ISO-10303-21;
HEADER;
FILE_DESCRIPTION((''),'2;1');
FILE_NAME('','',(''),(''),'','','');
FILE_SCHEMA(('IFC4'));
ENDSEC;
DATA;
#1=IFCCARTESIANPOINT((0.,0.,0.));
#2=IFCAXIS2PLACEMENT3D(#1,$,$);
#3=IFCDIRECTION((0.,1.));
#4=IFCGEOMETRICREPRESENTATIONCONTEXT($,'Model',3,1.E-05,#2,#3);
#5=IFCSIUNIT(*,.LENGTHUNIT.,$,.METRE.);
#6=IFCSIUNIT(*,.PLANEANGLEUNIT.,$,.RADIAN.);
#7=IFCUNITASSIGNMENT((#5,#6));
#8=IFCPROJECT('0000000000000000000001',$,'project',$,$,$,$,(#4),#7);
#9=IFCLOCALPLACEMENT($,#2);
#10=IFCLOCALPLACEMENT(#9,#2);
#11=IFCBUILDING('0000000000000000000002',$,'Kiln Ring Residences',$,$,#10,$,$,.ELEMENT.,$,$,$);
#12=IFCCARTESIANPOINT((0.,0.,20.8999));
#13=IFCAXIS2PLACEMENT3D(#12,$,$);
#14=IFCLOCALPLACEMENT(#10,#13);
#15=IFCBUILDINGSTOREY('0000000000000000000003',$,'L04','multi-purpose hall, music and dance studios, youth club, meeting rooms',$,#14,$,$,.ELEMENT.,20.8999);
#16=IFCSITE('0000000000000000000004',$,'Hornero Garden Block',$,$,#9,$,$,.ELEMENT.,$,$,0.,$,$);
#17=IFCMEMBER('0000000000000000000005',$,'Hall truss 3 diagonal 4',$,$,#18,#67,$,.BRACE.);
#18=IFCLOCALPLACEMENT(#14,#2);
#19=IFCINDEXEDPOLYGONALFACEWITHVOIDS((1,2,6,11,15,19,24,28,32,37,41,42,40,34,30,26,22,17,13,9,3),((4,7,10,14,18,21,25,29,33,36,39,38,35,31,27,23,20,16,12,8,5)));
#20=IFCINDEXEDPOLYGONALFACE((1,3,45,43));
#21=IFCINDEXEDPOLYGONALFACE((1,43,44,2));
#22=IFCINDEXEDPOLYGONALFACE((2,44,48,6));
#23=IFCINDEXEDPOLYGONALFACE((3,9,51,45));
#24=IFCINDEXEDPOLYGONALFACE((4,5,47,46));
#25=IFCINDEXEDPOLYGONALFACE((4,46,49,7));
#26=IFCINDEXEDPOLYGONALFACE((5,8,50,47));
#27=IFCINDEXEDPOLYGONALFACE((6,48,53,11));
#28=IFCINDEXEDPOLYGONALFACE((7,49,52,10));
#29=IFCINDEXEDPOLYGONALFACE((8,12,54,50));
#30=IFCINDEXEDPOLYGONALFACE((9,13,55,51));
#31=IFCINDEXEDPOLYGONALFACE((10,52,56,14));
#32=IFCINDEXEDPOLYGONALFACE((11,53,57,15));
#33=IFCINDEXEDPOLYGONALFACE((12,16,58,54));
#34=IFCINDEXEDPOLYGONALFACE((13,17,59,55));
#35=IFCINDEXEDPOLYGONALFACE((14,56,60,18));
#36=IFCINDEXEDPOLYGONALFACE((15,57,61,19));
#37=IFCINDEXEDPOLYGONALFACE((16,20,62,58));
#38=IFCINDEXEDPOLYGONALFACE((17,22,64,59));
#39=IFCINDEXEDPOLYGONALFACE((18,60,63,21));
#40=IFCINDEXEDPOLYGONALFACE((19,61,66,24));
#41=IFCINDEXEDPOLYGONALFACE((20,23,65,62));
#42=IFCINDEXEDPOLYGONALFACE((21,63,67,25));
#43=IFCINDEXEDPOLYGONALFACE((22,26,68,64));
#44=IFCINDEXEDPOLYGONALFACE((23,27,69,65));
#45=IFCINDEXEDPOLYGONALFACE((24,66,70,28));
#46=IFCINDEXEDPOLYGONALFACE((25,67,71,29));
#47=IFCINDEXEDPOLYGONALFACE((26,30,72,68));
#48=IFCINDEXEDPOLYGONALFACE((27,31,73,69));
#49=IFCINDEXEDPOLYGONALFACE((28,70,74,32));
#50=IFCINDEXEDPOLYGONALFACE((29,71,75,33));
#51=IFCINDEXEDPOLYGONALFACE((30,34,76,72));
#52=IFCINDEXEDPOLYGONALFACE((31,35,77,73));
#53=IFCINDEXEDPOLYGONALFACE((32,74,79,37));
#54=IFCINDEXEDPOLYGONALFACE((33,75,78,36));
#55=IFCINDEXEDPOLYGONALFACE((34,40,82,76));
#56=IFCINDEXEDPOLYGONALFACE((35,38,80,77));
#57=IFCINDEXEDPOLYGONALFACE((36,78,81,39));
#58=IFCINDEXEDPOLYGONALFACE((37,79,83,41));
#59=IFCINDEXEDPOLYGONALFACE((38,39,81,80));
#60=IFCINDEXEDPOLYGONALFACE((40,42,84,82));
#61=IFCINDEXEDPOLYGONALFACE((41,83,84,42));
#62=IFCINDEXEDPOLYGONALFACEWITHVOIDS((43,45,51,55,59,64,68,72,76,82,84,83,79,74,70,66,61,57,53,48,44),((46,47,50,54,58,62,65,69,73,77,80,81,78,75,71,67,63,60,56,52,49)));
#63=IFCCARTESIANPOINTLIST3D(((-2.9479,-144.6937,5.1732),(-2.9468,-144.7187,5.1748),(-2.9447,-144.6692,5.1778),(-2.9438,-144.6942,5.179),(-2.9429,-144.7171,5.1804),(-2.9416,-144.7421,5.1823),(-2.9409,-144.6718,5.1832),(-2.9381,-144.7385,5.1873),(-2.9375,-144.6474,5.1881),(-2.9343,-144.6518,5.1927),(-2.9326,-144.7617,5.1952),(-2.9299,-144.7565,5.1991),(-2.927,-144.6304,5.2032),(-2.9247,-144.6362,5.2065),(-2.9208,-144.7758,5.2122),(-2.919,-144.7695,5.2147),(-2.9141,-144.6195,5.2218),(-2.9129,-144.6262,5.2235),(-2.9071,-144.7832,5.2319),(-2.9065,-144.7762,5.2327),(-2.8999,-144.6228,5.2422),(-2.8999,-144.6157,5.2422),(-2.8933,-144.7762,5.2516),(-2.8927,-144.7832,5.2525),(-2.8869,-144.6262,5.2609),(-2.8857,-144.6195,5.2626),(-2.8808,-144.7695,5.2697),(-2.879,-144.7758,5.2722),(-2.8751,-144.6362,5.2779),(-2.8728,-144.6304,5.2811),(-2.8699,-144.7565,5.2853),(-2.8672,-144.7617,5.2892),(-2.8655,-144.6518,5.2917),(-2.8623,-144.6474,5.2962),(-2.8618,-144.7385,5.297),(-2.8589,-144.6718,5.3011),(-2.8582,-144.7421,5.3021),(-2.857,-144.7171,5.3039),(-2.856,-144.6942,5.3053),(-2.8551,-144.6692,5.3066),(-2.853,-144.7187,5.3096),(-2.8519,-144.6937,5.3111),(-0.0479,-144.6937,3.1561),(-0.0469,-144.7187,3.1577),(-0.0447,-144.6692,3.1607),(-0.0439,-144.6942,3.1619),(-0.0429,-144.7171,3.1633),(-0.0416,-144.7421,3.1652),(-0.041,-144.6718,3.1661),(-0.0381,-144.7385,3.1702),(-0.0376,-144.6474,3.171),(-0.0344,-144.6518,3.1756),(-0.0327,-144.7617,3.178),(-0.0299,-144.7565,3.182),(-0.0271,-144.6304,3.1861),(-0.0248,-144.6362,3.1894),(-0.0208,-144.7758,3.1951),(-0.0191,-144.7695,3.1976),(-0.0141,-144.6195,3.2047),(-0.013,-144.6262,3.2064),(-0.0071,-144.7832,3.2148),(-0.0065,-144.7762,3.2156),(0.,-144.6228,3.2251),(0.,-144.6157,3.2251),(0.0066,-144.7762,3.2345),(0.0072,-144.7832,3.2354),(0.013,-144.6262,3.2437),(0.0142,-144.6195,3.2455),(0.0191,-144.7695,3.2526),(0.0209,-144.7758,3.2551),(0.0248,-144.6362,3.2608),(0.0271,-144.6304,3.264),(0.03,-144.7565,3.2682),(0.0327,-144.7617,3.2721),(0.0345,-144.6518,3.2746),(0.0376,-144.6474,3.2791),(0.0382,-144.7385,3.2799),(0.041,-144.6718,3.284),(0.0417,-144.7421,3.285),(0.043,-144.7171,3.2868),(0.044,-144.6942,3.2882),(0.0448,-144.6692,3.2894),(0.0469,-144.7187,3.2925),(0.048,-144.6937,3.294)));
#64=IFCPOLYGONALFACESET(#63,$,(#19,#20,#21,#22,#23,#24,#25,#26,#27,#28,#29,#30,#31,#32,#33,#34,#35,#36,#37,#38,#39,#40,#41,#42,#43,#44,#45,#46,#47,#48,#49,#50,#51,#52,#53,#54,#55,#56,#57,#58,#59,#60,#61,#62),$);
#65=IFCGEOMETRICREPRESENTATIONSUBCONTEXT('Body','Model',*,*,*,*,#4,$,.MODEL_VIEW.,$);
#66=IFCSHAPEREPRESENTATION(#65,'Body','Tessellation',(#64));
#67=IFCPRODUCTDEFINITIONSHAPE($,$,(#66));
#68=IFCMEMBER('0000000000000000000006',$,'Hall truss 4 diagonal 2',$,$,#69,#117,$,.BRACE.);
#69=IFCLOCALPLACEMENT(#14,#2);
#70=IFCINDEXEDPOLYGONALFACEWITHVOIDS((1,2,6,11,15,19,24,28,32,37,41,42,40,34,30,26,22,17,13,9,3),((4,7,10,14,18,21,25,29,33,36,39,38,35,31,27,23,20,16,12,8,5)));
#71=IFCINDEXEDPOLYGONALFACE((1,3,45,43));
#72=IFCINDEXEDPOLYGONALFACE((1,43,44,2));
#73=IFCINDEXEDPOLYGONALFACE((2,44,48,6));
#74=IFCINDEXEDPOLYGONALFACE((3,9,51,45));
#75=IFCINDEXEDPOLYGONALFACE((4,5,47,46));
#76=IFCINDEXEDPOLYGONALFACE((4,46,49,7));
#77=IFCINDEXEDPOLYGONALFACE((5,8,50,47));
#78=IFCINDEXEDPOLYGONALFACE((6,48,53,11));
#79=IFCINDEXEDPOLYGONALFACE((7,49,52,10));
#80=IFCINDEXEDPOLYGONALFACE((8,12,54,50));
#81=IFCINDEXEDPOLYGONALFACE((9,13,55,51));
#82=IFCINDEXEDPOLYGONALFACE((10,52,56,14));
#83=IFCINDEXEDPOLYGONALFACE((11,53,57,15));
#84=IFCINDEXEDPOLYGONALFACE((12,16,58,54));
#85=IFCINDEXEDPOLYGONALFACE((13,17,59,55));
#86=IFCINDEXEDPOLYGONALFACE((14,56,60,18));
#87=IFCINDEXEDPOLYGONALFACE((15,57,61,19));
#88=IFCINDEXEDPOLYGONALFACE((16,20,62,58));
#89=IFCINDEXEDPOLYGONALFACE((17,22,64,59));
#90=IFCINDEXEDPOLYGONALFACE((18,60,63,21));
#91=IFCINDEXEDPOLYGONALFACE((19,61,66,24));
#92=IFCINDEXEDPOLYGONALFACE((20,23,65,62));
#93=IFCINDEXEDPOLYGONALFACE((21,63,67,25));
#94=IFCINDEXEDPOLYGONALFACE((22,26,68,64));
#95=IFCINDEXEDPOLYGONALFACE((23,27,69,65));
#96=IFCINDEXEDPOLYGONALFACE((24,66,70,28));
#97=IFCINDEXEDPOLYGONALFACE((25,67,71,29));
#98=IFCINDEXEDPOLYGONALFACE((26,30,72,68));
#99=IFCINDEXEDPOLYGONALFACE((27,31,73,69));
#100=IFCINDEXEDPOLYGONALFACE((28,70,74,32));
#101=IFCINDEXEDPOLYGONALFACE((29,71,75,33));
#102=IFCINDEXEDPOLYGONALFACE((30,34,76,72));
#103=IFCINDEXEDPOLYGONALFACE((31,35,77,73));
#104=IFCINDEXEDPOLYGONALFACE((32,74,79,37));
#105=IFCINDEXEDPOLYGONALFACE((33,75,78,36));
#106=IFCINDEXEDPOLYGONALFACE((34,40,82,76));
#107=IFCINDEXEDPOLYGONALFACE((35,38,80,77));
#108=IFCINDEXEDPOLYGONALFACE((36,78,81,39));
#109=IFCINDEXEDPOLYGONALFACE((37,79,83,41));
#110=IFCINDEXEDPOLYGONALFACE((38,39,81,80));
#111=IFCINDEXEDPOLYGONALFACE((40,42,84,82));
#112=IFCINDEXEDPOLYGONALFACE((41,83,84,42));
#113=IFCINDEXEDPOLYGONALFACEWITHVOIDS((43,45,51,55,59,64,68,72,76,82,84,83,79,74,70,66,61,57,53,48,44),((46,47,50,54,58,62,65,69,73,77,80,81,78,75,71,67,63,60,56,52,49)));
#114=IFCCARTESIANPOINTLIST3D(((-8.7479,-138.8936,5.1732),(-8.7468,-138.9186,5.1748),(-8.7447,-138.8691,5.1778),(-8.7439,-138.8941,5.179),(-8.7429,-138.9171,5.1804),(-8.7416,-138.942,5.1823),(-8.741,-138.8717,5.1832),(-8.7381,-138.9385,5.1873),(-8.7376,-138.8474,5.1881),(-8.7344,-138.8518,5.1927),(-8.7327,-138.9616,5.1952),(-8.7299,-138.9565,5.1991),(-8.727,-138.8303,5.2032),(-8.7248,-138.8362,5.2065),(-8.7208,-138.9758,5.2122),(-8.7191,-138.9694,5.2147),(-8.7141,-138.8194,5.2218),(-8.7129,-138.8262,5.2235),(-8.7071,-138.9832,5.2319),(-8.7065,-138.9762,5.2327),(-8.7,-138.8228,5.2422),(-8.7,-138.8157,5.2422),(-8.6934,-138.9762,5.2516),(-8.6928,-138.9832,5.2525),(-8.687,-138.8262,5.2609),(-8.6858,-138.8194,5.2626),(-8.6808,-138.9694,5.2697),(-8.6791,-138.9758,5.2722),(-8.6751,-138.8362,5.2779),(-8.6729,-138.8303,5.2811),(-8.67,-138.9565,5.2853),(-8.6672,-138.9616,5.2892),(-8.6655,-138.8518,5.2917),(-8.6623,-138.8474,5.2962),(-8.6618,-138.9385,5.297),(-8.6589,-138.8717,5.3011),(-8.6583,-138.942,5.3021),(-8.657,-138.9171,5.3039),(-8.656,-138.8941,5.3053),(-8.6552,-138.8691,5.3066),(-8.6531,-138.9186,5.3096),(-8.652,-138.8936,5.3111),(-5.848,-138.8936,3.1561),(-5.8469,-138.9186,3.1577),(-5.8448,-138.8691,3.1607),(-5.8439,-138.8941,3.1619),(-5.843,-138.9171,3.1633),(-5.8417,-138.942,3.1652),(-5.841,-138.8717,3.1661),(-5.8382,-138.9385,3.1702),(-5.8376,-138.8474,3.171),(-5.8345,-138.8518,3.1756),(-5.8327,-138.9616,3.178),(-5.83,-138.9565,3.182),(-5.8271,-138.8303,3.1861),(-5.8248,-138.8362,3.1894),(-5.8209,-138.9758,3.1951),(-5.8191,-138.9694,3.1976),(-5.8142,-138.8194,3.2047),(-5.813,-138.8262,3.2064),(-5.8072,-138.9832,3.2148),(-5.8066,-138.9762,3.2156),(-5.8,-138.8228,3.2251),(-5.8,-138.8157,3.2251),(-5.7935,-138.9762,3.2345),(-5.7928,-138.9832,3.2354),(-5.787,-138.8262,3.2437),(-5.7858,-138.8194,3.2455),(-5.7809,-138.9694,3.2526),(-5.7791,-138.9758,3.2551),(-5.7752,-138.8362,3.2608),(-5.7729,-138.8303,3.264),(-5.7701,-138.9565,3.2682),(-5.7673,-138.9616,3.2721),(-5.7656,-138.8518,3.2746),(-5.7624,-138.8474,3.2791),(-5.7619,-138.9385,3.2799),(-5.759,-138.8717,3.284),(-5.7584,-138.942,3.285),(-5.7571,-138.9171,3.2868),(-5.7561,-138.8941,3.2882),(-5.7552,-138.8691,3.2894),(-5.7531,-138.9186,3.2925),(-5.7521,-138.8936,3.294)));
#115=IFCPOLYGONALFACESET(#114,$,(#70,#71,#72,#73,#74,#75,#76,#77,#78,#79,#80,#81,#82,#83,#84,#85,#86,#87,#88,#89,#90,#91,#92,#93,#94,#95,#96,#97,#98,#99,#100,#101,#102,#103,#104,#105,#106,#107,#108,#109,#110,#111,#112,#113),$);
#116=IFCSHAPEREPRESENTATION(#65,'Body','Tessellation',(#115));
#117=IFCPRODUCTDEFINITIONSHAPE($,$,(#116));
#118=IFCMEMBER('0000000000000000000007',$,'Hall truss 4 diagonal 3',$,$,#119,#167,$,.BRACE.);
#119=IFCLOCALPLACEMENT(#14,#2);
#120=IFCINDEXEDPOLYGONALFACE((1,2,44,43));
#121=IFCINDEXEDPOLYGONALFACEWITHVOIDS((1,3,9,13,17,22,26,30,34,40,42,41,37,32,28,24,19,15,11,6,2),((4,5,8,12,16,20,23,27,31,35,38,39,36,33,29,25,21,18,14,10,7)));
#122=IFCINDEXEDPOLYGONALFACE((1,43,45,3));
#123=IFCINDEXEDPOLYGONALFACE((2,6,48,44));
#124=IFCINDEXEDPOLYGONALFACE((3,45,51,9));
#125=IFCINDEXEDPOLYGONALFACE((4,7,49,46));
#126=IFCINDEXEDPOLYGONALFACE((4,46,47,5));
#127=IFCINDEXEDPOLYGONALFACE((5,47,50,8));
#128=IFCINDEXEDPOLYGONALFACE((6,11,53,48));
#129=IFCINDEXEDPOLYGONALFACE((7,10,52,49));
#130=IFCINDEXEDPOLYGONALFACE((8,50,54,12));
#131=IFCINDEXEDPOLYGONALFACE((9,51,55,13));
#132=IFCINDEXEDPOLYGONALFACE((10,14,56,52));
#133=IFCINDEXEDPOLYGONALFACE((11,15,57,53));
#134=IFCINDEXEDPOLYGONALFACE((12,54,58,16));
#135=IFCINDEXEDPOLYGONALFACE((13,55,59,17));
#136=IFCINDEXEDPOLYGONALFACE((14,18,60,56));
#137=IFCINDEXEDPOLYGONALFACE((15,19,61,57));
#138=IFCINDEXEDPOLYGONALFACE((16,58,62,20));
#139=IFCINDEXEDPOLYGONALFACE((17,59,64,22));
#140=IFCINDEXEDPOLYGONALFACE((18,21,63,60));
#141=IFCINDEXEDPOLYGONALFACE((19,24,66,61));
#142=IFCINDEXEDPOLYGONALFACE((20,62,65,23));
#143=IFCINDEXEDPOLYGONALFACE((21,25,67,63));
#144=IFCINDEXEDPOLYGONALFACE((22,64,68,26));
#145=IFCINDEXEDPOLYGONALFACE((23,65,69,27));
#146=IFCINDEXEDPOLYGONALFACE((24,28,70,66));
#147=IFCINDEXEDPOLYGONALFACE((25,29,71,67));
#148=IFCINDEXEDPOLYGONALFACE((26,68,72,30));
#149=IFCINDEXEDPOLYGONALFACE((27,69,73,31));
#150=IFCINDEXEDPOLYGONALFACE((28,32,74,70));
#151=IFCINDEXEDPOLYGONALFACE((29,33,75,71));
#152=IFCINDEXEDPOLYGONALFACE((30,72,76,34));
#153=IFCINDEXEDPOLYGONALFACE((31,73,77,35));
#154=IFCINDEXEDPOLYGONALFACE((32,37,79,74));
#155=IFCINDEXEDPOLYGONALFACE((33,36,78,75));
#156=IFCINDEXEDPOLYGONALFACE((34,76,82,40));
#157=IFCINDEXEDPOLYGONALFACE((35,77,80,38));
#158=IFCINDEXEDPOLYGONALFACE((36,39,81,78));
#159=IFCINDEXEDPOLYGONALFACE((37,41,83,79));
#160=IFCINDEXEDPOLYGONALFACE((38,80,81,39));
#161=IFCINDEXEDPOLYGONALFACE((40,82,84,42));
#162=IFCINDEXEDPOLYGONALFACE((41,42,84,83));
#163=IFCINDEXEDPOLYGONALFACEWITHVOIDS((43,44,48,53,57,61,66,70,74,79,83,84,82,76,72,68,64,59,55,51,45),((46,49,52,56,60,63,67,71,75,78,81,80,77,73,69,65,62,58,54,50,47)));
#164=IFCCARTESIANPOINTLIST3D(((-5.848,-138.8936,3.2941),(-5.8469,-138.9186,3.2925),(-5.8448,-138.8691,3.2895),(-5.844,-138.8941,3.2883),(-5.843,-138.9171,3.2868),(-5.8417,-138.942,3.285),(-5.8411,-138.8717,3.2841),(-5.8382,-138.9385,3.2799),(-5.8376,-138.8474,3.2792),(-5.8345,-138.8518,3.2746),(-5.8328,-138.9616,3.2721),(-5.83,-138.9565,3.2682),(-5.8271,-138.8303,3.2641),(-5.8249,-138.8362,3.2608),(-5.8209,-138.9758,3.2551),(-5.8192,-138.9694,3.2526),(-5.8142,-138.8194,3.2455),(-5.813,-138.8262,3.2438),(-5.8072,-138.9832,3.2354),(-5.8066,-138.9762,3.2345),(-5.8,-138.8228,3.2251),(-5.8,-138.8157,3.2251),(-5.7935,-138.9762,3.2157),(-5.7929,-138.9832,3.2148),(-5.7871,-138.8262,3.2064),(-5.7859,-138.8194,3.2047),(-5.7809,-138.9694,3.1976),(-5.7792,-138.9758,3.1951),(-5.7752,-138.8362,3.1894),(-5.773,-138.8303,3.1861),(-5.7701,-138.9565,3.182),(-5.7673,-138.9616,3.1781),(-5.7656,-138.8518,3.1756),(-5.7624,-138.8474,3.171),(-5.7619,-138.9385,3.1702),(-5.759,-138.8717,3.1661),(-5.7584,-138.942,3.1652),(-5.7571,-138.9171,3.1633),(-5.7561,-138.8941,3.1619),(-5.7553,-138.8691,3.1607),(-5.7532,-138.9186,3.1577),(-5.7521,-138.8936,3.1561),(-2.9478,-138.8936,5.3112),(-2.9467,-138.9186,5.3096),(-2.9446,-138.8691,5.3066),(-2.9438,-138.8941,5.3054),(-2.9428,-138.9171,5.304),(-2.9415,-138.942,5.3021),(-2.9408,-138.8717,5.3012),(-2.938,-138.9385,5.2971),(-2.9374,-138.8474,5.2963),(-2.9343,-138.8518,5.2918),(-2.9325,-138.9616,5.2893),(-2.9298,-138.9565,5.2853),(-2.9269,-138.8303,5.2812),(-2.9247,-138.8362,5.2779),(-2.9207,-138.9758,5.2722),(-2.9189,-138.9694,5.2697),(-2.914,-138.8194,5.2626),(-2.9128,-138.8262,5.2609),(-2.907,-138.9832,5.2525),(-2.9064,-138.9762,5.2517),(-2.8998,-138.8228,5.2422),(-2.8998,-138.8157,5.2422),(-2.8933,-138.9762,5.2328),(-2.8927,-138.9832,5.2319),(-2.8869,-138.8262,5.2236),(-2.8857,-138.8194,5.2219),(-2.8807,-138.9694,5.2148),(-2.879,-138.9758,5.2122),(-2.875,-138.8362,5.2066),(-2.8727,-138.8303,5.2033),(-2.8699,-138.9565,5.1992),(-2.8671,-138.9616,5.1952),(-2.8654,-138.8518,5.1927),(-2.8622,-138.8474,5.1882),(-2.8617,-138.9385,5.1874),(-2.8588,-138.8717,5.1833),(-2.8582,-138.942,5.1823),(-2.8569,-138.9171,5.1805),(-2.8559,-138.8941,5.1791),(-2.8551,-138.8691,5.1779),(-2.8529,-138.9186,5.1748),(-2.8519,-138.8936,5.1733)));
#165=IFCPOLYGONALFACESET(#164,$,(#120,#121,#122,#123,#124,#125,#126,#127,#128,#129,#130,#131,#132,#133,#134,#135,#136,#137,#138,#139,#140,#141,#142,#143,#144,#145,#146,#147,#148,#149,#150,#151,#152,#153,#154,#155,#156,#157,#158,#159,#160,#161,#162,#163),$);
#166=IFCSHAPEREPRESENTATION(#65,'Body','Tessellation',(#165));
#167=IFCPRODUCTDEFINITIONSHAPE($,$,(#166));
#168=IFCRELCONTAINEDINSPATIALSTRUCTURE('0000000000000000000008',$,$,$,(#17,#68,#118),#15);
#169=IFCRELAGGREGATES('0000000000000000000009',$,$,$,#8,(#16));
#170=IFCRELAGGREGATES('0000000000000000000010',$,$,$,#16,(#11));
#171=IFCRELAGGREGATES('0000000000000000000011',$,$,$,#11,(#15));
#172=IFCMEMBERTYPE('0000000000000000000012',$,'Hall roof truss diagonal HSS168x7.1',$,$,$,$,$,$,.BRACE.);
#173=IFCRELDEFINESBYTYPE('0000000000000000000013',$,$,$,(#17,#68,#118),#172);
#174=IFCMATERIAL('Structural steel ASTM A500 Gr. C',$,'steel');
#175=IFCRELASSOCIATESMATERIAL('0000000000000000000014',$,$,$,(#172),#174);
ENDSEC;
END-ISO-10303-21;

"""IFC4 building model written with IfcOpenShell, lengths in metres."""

from ifc_helpers import new_model, si_unit, direction, frame, origin, origin_2d, place, context, subcontext, project, spatial, hollow_circle, extrude, material, material_profile, profile_set, type_object, element, save


model = new_model("IFC4")

# Units and contexts
model_context = context("Model", 3, precision=1e-05, world=origin(), true_north=direction((0.0, 1.0)))
body_context = subcontext(model_context, "Body", "Model", "MODEL_VIEW")
ifc_project = project(units=[si_unit("LENGTHUNIT", "METRE"), si_unit("PLANEANGLEUNIT", "RADIAN")], contexts=[model_context])

# Site, building, storey
site_placement = place(None, origin())
site = spatial("IfcSite", under=ifc_project, at=site_placement, Name="Hornero Garden Block", CompositionType="ELEMENT", RefElevation=0.0)
building_placement = place(site_placement, origin())
building = spatial("IfcBuilding", under=site, at=building_placement, Name="Kiln Ring Residences", CompositionType="ELEMENT")
storey_placement = place(building_placement, frame((0.0, 0.0, 20.8999)))
storey = spatial("IfcBuildingStorey", under=building, at=storey_placement, Name="L04", Description="multi-purpose hall, music and dance studios, youth club, meeting rooms", CompositionType="ELEMENT", Elevation=20.8999)

# Members
ifc_material_1 = material(Name="Structural steel ASTM A500 Gr. C", Category="steel")
ifc_material_profile_1 = material_profile(ifc_material_1, hollow_circle(Radius=0.0842, WallThickness=0.0071, at=origin_2d()), Name="HSS168x7.1")
ifc_profile_set_1 = profile_set([ifc_material_profile_1], Name="Structural steel ASTM A500 Gr. C")
member_type_1 = type_object("IfcMemberType", Name="Hall roof truss diagonal HSS168x7.1", PredefinedType="BRACE", material=ifc_profile_set_1)
for number, where, z_axis, x_axis, name in (
    (1, (-2.8999, -144.7, 5.2422), (0.820936, 0.0, -0.57102), (0.0, 1.0, 0.0), "Hall truss 3 diagonal 4"),
    (2, (-8.7, -138.8999, 5.2422), (0.820936, 0.0, -0.57102), (0.0, 1.0, 0.0), "Hall truss 4 diagonal 2"),
):
    element("IfcMember", number, at=place(storey_placement, frame(where, z_axis=z_axis, x_axis=x_axis)), inside=storey, type_object=member_type_1, Name=name, PredefinedType="BRACE", context=body_context, shape_type="SweptSolid", body=[
        extrude(hollow_circle(Radius=0.0842, WallThickness=0.0071, at=origin_2d()), origin(), (0.0, 0.0, 1.0), 3.5325),
    ])
member_1_placement = place(storey_placement, frame((-5.8, -138.8999, 3.2251), z_axis=(0.820959, 0.0, 0.570988), x_axis=(0.0, 1.0, 0.0)))
element("IfcMember", 3, at=member_1_placement, inside=storey, type_object=member_type_1, Name="Hall truss 4 diagonal 3", PredefinedType="BRACE", context=body_context, shape_type="SweptSolid", body=[
    extrude(hollow_circle(Radius=0.0842, WallThickness=0.0071, at=origin_2d()), origin(), (0.0, 0.0, 1.0), 3.5327),
])

save(model, "model.ifc")
